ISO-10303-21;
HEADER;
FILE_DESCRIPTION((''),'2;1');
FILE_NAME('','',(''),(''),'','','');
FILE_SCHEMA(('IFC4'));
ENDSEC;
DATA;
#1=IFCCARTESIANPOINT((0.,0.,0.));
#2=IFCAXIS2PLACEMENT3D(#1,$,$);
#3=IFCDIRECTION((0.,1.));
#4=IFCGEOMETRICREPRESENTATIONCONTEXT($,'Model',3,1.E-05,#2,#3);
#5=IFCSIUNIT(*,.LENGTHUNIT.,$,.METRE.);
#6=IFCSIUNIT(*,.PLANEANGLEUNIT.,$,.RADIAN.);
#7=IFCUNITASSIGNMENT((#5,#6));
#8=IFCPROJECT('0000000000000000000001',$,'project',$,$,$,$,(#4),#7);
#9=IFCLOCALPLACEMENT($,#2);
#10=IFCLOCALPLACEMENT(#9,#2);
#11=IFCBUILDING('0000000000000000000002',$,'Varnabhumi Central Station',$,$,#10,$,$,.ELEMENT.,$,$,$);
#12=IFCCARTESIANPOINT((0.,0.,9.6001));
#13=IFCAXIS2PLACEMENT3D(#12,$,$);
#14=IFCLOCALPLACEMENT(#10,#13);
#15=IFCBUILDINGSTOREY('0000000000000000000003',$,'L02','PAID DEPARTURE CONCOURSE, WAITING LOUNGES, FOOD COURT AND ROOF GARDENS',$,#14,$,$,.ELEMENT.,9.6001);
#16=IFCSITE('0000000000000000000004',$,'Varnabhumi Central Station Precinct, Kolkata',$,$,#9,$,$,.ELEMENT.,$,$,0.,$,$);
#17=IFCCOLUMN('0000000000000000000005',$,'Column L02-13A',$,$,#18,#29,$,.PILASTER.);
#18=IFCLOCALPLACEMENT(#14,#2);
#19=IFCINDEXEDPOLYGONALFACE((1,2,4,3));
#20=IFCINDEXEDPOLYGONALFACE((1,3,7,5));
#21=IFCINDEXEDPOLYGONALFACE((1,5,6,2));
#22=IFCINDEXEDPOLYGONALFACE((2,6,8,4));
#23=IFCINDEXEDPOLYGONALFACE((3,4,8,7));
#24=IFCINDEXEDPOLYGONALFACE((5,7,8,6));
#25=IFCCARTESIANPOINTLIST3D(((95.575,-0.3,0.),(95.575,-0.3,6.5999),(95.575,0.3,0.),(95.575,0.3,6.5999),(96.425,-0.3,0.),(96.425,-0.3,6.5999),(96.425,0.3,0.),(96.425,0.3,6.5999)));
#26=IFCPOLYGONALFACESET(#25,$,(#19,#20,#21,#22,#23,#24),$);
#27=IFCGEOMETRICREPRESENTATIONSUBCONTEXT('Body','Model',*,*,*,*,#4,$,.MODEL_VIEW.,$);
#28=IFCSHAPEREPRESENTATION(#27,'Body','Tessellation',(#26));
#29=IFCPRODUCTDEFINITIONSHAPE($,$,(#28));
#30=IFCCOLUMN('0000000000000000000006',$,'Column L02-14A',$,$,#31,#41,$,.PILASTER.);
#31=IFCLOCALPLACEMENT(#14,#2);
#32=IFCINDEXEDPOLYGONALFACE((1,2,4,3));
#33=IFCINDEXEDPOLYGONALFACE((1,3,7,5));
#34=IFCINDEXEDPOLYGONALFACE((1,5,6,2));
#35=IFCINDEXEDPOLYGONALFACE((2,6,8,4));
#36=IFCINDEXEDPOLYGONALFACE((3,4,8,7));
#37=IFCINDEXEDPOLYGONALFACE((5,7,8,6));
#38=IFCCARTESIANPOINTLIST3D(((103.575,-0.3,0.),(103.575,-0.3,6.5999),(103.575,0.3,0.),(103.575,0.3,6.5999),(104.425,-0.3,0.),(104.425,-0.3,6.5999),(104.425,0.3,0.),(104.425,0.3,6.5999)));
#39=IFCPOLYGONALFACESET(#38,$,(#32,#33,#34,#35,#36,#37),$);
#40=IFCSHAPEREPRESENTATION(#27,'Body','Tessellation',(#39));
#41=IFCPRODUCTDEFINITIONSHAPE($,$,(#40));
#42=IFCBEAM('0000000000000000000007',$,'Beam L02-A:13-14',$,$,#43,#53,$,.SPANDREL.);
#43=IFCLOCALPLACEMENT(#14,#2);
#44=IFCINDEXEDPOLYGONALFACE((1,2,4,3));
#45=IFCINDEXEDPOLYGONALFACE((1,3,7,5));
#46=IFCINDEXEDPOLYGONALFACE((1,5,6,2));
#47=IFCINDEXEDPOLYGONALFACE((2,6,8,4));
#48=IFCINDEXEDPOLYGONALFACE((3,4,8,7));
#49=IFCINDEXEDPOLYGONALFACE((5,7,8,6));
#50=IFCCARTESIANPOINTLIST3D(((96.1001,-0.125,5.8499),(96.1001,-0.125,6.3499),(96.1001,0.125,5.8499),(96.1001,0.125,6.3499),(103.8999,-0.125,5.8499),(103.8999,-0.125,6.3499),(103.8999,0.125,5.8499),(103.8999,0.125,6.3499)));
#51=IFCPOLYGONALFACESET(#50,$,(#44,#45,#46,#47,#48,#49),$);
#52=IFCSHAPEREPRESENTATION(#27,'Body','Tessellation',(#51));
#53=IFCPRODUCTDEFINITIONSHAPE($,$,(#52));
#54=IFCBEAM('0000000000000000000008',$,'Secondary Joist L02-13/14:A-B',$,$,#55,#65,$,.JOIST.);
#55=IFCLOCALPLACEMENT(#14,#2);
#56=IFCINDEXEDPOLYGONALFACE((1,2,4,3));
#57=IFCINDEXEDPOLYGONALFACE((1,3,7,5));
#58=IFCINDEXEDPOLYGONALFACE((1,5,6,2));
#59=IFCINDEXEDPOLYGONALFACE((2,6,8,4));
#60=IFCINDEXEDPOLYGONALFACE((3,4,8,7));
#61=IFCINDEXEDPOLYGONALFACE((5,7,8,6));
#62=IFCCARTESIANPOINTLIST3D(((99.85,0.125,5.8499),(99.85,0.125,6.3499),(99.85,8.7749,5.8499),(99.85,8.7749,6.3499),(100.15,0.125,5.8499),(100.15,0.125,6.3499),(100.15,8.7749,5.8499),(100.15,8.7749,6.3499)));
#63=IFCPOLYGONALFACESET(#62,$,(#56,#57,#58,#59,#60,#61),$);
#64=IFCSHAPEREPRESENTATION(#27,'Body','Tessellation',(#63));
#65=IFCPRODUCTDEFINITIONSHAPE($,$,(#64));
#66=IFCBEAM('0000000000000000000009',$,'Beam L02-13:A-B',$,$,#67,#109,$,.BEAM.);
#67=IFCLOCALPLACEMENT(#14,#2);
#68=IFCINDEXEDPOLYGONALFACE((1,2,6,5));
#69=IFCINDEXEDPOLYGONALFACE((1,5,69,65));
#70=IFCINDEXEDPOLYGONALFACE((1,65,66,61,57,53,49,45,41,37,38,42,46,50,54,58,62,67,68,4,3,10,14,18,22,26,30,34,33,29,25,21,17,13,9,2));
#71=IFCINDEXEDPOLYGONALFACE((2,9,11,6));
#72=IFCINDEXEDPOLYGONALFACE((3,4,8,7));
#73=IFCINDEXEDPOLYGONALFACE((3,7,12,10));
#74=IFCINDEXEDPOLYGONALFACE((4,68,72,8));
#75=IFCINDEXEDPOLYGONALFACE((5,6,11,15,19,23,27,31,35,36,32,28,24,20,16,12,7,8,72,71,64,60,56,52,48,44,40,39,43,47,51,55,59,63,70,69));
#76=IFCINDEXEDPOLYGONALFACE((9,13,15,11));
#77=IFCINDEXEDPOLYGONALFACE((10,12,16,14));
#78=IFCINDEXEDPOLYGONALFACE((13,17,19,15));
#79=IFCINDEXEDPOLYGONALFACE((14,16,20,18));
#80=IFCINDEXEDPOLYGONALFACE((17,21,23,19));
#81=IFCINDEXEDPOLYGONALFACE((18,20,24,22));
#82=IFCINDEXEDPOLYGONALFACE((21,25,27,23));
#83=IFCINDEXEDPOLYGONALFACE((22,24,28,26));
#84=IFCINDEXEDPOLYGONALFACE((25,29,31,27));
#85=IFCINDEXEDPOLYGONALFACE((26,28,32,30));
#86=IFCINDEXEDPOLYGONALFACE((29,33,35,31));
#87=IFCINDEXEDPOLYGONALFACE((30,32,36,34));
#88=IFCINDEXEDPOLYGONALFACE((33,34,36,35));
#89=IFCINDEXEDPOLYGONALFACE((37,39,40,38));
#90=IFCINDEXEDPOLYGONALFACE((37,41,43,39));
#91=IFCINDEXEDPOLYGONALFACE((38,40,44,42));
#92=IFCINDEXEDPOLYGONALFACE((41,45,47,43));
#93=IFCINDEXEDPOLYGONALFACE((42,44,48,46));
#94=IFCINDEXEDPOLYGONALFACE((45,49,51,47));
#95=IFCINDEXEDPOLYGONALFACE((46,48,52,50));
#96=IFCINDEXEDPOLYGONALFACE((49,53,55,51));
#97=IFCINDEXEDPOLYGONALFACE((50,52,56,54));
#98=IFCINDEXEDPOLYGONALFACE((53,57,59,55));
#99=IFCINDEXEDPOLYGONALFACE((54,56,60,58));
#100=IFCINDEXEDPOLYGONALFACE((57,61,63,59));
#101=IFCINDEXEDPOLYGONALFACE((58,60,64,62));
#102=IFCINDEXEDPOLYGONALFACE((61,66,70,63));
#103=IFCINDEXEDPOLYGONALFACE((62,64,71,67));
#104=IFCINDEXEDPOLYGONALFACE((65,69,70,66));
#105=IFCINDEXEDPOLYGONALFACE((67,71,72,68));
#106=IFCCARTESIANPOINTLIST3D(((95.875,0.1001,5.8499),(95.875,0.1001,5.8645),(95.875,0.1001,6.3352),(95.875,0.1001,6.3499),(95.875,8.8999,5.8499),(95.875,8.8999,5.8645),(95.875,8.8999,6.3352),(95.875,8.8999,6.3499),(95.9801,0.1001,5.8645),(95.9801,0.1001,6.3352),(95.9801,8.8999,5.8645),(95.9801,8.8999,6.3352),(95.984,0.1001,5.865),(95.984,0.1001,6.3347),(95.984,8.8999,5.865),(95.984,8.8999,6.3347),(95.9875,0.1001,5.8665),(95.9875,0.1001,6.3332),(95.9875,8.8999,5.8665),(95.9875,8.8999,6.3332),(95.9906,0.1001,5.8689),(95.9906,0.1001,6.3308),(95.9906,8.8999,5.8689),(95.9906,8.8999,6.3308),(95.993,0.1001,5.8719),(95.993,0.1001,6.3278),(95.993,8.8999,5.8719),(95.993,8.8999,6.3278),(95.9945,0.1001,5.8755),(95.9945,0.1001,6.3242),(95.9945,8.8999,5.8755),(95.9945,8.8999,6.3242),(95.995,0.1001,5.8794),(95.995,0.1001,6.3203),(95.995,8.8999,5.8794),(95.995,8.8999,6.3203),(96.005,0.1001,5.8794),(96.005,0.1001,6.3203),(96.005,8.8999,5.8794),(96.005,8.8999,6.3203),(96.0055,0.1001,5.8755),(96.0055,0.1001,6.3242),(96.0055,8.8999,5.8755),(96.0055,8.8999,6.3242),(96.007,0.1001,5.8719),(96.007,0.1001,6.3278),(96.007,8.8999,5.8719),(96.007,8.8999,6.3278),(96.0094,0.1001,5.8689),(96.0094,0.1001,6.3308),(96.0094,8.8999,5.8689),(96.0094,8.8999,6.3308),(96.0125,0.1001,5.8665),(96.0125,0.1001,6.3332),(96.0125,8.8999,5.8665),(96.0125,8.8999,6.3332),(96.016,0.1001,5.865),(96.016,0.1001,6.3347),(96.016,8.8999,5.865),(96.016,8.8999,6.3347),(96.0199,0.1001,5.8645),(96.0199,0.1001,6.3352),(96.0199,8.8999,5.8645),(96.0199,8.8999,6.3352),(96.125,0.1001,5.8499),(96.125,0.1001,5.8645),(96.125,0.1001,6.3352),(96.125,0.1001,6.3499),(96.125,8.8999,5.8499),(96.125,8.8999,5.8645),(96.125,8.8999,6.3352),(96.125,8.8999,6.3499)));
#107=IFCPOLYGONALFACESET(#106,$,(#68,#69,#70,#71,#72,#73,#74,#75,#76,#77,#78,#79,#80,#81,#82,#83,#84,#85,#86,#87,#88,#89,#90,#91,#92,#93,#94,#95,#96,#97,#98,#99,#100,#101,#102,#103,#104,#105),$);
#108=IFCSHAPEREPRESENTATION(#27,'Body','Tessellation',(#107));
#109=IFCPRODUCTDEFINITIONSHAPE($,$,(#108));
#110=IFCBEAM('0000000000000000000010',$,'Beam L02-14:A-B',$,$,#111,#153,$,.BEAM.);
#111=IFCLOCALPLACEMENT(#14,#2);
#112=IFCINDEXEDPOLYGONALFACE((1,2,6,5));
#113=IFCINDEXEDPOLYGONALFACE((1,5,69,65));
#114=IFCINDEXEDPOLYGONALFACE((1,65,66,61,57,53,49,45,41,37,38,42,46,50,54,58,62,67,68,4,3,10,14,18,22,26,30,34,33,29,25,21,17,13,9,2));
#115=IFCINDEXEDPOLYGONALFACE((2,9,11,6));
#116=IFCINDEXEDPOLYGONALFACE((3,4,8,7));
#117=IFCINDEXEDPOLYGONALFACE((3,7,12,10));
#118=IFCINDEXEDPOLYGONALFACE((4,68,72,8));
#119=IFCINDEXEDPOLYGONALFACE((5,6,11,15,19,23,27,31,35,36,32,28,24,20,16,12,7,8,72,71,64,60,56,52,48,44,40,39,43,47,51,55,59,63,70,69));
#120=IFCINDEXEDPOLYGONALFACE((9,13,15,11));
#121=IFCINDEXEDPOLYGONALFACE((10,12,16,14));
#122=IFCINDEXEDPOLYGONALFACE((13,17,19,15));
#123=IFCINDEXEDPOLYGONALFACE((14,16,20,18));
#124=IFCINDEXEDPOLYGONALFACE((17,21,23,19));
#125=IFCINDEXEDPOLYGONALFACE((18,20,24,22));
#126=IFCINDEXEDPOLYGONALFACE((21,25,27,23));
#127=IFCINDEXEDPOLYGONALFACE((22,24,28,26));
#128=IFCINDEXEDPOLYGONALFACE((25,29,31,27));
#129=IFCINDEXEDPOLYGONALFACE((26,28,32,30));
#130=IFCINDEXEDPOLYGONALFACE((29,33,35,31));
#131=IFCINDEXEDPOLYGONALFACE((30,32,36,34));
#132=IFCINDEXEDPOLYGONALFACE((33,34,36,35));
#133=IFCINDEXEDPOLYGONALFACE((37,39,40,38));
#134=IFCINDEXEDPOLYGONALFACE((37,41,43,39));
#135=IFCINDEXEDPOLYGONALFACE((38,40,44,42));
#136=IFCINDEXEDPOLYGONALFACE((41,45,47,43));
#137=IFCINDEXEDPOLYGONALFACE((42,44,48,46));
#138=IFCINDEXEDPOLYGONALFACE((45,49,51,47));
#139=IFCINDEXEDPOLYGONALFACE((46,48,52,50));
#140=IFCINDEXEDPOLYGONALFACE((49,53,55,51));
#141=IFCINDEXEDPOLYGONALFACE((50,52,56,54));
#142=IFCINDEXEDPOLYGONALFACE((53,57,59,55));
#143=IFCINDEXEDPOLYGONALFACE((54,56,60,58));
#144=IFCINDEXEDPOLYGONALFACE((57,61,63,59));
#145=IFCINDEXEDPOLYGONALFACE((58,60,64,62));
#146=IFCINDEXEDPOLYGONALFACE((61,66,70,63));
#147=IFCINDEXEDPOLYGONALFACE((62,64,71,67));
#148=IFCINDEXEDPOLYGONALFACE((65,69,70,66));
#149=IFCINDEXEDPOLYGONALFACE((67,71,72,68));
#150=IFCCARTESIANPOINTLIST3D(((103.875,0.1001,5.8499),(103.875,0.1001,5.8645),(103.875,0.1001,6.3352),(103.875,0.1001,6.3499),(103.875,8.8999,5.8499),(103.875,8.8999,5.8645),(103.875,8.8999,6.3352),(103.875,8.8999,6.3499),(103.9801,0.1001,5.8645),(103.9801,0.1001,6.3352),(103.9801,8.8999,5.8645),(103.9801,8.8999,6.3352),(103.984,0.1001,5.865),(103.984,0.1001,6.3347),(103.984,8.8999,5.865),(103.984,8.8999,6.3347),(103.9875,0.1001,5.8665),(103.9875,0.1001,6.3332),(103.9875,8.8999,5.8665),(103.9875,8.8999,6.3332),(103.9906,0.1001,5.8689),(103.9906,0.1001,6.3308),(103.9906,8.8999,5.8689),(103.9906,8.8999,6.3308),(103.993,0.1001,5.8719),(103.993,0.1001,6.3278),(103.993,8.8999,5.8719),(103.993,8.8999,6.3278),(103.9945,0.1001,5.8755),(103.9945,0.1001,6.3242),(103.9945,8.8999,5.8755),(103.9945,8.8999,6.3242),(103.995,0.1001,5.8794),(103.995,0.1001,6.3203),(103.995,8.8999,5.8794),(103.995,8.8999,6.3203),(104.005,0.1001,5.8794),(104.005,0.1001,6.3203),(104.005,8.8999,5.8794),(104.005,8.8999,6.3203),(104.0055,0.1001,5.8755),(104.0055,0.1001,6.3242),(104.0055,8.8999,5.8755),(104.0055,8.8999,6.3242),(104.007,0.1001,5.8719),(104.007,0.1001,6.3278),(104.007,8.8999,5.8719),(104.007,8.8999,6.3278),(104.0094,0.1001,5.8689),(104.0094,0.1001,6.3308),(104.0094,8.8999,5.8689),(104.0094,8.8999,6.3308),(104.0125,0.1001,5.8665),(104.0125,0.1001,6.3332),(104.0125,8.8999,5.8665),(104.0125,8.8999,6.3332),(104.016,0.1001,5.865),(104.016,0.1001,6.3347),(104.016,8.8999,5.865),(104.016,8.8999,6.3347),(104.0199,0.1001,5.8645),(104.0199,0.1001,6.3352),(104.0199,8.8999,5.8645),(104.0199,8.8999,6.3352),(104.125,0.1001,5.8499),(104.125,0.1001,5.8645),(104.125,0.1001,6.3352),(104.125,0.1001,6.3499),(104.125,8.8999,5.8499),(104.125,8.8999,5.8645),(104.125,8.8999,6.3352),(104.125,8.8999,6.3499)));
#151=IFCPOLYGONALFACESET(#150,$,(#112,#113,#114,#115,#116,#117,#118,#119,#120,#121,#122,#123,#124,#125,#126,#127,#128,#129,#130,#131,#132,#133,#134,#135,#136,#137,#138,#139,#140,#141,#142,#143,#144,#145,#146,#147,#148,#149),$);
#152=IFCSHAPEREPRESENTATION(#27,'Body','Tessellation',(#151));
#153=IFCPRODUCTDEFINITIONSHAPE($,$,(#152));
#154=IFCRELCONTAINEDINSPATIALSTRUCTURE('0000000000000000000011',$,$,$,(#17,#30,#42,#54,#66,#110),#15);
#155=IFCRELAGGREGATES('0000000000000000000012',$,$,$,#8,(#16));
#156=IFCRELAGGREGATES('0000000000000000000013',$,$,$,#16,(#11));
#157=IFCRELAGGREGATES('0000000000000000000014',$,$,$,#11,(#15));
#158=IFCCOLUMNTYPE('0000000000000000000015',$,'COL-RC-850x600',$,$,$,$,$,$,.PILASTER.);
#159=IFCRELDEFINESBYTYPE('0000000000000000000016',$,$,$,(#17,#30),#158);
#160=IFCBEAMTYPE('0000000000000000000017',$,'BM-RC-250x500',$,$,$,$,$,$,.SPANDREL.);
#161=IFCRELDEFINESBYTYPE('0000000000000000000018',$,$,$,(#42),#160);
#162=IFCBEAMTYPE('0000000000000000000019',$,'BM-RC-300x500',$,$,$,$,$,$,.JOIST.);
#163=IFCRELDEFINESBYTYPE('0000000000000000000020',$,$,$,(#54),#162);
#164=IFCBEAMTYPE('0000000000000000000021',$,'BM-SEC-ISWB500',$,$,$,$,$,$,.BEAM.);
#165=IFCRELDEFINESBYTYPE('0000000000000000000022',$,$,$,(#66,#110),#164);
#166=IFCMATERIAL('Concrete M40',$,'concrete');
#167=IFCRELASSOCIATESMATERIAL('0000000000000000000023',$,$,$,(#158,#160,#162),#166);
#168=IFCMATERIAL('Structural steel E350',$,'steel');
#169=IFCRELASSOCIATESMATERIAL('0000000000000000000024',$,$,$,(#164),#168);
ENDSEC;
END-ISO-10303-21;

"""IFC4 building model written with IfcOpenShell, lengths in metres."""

from ifc_helpers import new_model, si_unit, direction, frame, origin, origin_2d, place, context, subcontext, project, spatial, rectangle, i_section, extrude, material, material_profile, profile_set, type_object, element, save


model = new_model("IFC4")

# Units and contexts
model_context = context("Model", 3, precision=1e-05, world=origin(), true_north=direction((0.0, 1.0)))
body_context = subcontext(model_context, "Body", "Model", "MODEL_VIEW")
ifc_project = project(units=[si_unit("LENGTHUNIT", "METRE"), si_unit("PLANEANGLEUNIT", "RADIAN")], contexts=[model_context])

# Site, building, storey
site_placement = place(None, origin())
site = spatial("IfcSite", under=ifc_project, at=site_placement, Name="Varnabhumi Central Station Precinct, Kolkata", CompositionType="ELEMENT", RefElevation=0.0)
building_placement = place(site_placement, origin())
building = spatial("IfcBuilding", under=site, at=building_placement, Name="Varnabhumi Central Station", CompositionType="ELEMENT")
storey_placement = place(building_placement, frame((0.0, 0.0, 9.6001)))
storey = spatial("IfcBuildingStorey", under=building, at=storey_placement, Name="L02", Description="PAID DEPARTURE CONCOURSE, WAITING LOUNGES, FOOD COURT AND ROOF GARDENS", CompositionType="ELEMENT", Elevation=9.6001)

# Columns
ifc_material_1 = material(Name="Concrete M40", Category="concrete")
ifc_material_profile_1 = material_profile(ifc_material_1, rectangle(XDim=0.8501, YDim=0.6001, at=origin_2d()), Name="Concrete M40", Category="concrete")
ifc_profile_set_1 = profile_set([ifc_material_profile_1], Name="Concrete M40")
column_type = type_object("IfcColumnType", Name="COL-RC-850x600", PredefinedType="PILASTER", material=ifc_profile_set_1)
for number, where, z_axis, x_axis, name in (
    (1, (96.0, 0.0, 0.0), (0.0, 0.0, 1.0), (1.0, 0.0, 0.0), "Column L02-13A"),
    (2, (104.0, 0.0, 0.0), (0.0, 0.0, 1.0), (1.0, 0.0, 0.0), "Column L02-14A"),
):
    element("IfcColumn", number, at=place(storey_placement, frame(where, z_axis=z_axis, x_axis=x_axis)), inside=storey, type_object=column_type, Name=name, PredefinedType="PILASTER", context=body_context, shape_type="SweptSolid", body=[
        extrude(rectangle(XDim=0.8501, YDim=0.6001, at=origin_2d()), origin(), (0.0, 0.0, 1.0), 6.5999),
    ])

# Beams
ifc_material_profile_2 = material_profile(ifc_material_1, rectangle(XDim=0.25, YDim=0.5, at=origin_2d()), Name="Concrete M40", Category="concrete")
ifc_profile_set_2 = profile_set([ifc_material_profile_2], Name="Concrete M40")
beam_type_1 = type_object("IfcBeamType", Name="BM-RC-250x500", PredefinedType="SPANDREL", material=ifc_profile_set_2)
beam_1_placement = place(storey_placement, frame((96.1001, 0.0, 6.0999), z_axis=(1.0, 0.0, 0.0), x_axis=(0.0, 1.0, 0.0)))
element("IfcBeam", 3, at=beam_1_placement, inside=storey, type_object=beam_type_1, Name="Beam L02-A:13-14", PredefinedType="SPANDREL", context=body_context, shape_type="SweptSolid", body=[
    extrude(rectangle(XDim=0.25, YDim=0.5, at=origin_2d()), origin(), (0.0, 0.0, 1.0), 7.7998),
])
ifc_material_profile_3 = material_profile(ifc_material_1, rectangle(XDim=0.3, YDim=0.5, at=origin_2d()), Name="Concrete M40", Category="concrete")
ifc_profile_set_3 = profile_set([ifc_material_profile_3], Name="Concrete M40")
beam_type_2 = type_object("IfcBeamType", Name="BM-RC-300x500", PredefinedType="JOIST", material=ifc_profile_set_3)
beam_2_placement = place(storey_placement, frame((100.0, 0.125, 6.0999), z_axis=(0.0, 1.0, 0.0), x_axis=(-1.0, 0.0, 0.0)))
element("IfcBeam", 4, at=beam_2_placement, inside=storey, type_object=beam_type_2, Name="Secondary Joist L02-13/14:A-B", PredefinedType="JOIST", context=body_context, shape_type="SweptSolid", body=[
    extrude(rectangle(XDim=0.3, YDim=0.5, at=origin_2d()), origin(), (0.0, 0.0, 1.0), 8.6499),
])
ifc_material_2 = material(Name="Structural steel E350", Category="steel")
ifc_material_profile_4 = material_profile(ifc_material_2, i_section(OverallWidth=0.25, OverallDepth=0.5, WebThickness=0.01, FlangeThickness=0.0146, FilletRadius=0.0149, at=origin_2d()), Name="Structural steel E350", Category="steel")
ifc_profile_set_4 = profile_set([ifc_material_profile_4], Name="Structural steel E350")
beam_type_3 = type_object("IfcBeamType", Name="BM-SEC-ISWB500", PredefinedType="BEAM", material=ifc_profile_set_4)
for number, where, z_axis, x_axis, name in (
    (5, (96.0, 0.1001, 6.0999), (0.0, 1.0, 0.0), (-1.0, 0.0, 0.0), "Beam L02-13:A-B"),
    (6, (104.0, 0.1001, 6.0999), (0.0, 1.0, 0.0), (-1.0, 0.0, 0.0), "Beam L02-14:A-B"),
):
    element("IfcBeam", number, at=place(storey_placement, frame(where, z_axis=z_axis, x_axis=x_axis)), inside=storey, type_object=beam_type_3, Name=name, PredefinedType="BEAM", context=body_context, shape_type="SweptSolid", body=[
        extrude(i_section(OverallWidth=0.25, OverallDepth=0.5, WebThickness=0.01, FlangeThickness=0.0146, FilletRadius=0.0149, at=origin_2d()), origin(), (0.0, 0.0, 1.0), 8.7998),
    ])

save(model, "model.ifc")
